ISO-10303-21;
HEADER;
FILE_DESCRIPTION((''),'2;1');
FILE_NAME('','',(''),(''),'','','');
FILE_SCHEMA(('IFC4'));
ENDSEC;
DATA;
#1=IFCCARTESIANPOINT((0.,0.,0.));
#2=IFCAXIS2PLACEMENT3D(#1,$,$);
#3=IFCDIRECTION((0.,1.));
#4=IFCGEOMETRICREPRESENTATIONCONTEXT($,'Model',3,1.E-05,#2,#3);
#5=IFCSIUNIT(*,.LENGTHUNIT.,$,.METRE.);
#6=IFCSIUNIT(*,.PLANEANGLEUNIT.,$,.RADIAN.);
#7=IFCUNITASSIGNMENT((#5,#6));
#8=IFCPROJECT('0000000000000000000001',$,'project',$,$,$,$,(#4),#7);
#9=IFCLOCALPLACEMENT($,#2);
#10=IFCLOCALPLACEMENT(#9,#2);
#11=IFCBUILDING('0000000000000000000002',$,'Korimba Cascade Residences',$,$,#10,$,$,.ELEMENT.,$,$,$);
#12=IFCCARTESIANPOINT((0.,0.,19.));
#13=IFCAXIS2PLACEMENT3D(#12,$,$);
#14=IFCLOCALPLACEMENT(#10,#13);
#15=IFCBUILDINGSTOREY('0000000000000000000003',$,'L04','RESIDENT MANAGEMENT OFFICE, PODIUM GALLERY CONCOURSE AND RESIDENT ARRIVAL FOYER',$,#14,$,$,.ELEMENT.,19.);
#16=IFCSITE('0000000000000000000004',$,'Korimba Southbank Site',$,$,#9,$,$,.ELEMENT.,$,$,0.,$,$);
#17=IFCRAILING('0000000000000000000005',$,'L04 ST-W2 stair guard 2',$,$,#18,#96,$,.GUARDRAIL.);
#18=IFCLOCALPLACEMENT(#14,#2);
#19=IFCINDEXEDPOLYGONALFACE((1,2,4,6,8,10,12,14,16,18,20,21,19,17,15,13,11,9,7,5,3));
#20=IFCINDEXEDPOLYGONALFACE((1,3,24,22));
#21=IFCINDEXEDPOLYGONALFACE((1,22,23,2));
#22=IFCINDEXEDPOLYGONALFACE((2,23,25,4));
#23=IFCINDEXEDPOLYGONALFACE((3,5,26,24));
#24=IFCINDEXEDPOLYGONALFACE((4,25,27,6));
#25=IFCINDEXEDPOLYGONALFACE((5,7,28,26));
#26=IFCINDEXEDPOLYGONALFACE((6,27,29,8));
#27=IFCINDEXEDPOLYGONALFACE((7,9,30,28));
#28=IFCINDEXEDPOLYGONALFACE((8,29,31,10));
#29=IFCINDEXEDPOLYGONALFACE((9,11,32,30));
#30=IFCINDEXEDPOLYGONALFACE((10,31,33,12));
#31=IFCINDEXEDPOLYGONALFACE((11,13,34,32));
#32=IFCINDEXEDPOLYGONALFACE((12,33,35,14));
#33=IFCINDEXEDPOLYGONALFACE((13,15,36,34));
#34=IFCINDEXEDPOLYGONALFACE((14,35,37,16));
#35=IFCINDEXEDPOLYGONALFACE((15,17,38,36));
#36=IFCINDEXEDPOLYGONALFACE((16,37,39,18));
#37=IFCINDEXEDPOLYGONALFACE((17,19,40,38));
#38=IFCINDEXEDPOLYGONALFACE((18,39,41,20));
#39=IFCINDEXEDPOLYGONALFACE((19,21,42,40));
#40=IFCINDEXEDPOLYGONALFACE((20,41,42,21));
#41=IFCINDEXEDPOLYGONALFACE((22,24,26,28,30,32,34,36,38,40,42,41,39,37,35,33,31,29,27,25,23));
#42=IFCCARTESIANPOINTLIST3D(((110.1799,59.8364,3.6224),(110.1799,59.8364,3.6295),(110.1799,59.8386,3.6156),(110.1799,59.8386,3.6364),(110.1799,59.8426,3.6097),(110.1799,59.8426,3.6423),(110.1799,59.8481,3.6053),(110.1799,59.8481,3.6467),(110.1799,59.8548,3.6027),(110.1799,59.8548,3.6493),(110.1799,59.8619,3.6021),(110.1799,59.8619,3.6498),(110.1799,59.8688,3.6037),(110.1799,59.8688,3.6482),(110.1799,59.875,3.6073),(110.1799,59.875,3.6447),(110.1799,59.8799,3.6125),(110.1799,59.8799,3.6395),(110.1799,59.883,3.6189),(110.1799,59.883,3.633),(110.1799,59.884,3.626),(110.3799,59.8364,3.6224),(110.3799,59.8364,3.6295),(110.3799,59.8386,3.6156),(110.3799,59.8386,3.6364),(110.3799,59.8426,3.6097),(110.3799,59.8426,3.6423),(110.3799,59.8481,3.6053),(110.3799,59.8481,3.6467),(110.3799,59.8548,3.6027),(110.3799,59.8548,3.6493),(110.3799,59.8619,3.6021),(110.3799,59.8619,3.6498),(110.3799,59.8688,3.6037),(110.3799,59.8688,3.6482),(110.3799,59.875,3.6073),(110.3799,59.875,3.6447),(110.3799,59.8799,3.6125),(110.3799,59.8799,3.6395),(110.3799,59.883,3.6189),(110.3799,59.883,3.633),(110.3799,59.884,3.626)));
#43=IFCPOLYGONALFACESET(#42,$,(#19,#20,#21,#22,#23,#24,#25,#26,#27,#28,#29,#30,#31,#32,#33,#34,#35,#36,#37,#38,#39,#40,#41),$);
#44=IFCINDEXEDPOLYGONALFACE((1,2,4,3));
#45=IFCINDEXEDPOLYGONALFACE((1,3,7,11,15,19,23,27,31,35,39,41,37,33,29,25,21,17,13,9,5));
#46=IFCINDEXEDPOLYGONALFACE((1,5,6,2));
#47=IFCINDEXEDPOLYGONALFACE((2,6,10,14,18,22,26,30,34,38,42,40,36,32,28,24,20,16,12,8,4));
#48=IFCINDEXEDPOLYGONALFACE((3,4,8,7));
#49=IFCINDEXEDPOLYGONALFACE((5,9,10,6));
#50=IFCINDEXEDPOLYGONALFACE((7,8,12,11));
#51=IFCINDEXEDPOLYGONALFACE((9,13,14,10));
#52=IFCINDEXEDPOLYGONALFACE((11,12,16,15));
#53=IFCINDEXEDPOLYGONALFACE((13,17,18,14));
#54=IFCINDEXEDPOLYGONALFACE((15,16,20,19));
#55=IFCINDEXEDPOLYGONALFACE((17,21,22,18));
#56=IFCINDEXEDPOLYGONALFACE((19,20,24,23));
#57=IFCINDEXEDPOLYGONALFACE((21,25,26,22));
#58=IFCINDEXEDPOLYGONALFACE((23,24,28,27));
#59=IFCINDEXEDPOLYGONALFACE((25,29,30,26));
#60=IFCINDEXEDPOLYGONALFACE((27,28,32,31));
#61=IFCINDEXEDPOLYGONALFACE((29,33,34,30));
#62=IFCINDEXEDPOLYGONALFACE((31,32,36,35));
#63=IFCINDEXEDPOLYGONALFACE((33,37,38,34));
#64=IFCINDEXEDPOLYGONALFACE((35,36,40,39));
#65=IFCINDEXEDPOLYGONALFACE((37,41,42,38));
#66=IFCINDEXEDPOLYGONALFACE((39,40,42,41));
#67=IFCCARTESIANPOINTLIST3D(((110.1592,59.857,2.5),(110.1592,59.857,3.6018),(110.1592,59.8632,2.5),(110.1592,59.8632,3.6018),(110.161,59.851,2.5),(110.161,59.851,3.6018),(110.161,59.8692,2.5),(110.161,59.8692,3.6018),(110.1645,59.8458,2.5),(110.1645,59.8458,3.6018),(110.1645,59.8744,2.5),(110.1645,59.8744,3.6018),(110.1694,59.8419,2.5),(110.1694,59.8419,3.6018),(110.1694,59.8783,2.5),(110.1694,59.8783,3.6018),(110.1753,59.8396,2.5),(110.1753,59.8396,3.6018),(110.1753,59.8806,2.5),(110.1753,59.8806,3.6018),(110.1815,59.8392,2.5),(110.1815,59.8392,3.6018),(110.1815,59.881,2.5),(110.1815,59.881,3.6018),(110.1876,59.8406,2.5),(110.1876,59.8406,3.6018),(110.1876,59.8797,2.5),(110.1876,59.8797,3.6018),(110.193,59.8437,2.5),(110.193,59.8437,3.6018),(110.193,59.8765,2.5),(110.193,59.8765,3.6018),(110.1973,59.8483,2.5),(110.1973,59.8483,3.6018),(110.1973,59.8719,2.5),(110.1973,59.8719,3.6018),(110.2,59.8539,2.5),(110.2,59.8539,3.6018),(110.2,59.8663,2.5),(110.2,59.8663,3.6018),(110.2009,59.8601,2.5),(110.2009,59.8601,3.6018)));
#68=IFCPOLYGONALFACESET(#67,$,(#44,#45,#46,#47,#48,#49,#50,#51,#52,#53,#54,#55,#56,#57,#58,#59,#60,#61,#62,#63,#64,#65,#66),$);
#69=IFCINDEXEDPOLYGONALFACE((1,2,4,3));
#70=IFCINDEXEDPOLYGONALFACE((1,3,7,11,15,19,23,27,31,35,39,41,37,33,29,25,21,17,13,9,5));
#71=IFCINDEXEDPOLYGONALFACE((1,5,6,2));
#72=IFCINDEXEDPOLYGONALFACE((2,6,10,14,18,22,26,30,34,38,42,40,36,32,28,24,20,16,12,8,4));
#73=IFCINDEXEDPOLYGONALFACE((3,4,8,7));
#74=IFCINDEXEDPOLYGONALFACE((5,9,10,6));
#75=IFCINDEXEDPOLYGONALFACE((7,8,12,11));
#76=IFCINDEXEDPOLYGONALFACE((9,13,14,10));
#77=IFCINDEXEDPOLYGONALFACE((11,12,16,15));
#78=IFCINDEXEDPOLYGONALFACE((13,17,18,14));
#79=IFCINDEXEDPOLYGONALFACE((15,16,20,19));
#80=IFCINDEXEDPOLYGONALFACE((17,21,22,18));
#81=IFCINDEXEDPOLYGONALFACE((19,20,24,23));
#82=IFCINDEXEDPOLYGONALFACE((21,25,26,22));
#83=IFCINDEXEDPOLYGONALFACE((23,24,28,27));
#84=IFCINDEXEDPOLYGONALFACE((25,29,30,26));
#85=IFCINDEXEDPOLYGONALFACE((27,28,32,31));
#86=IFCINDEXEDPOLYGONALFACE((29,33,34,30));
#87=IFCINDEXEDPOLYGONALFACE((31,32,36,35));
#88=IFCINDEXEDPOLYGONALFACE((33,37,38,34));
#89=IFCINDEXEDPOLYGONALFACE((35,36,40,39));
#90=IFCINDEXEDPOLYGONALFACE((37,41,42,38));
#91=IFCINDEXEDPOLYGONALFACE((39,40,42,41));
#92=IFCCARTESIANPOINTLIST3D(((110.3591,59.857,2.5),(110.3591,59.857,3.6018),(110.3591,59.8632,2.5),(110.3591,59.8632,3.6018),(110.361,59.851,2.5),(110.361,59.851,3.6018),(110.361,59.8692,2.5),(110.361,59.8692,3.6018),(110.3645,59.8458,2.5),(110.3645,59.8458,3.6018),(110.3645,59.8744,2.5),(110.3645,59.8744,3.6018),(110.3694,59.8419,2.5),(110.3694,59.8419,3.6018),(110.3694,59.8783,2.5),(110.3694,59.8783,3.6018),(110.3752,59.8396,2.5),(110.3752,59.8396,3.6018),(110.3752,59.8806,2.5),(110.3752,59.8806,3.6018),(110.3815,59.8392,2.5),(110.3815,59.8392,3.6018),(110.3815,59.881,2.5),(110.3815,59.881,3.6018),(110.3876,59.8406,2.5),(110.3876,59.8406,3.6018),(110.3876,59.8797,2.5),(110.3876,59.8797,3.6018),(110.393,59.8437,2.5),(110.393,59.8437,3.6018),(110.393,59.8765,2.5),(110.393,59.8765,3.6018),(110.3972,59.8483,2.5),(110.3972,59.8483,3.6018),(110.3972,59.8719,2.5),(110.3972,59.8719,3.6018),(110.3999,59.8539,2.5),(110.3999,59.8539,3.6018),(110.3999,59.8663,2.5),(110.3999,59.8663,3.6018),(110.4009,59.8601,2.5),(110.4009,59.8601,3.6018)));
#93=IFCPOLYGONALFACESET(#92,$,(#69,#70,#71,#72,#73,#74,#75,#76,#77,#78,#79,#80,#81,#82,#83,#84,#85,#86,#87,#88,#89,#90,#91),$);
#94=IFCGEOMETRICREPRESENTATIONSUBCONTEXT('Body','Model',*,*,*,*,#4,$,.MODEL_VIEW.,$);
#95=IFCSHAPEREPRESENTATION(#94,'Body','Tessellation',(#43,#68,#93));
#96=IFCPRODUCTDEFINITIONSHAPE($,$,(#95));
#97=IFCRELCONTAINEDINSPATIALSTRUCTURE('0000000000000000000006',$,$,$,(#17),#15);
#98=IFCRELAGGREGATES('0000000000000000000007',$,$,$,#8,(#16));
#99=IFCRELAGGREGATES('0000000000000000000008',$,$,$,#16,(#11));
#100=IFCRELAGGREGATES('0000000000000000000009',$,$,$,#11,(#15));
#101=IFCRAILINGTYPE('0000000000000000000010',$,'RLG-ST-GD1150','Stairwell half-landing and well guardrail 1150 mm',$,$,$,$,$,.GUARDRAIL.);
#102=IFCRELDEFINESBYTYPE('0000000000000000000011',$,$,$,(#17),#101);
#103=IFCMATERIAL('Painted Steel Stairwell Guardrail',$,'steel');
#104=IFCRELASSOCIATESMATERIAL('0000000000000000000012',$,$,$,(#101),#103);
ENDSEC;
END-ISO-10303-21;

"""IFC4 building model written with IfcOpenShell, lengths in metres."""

from ifc_helpers import new_model, si_unit, direction, frame, origin, origin_2d, place, context, subcontext, project, spatial, circle, extrude, material, type_object, element, save


model = new_model("IFC4")

# Units and contexts
model_context = context("Model", 3, precision=1e-05, world=origin(), true_north=direction((0.0, 1.0)))
body_context = subcontext(model_context, "Body", "Model", "MODEL_VIEW")
ifc_project = project(units=[si_unit("LENGTHUNIT", "METRE"), si_unit("PLANEANGLEUNIT", "RADIAN")], contexts=[model_context])

# Site, building, storey
site_placement = place(None, origin())
site = spatial("IfcSite", under=ifc_project, at=site_placement, Name="Korimba Southbank Site", CompositionType="ELEMENT", RefElevation=0.0)
building_placement = place(site_placement, origin())
building = spatial("IfcBuilding", under=site, at=building_placement, Name="Korimba Cascade Residences", CompositionType="ELEMENT")
storey_placement = place(building_placement, frame((0.0, 0.0, 19.0)))
storey = spatial("IfcBuildingStorey", under=building, at=storey_placement, Name="L04", Description="RESIDENT MANAGEMENT OFFICE, PODIUM GALLERY CONCOURSE AND RESIDENT ARRIVAL FOYER", CompositionType="ELEMENT", Elevation=19.0)

# Railing
ifc_material_1 = material(Name="Painted Steel Stairwell Guardrail", Category="steel")
railing_type_1 = type_object("IfcRailingType", Name="RLG-ST-GD1150", Description="Stairwell half-landing and well guardrail 1150 mm", PredefinedType="GUARDRAIL", material=ifc_material_1)
railing_1_placement = place(storey_placement, frame((110.1799, 59.8601, 2.5)))
element("IfcRailing", 1, at=railing_1_placement, inside=storey, type_object=railing_type_1, Name="L04 ST-W2 stair guard 2", PredefinedType="GUARDRAIL", context=body_context, shape_type="SweptSolid", body=[
    extrude(circle(Radius=0.0239, at=origin_2d()), frame((0.0, 0.0, 1.126), z_axis=(1.0, 0.0, 0.0), x_axis=(0.0, 1.0, 0.0)), (0.0, 0.0, 1.0), 0.2),
    extrude(circle(Radius=0.021, at=origin_2d()), origin(), (0.0, 0.0, 1.0), 1.1018),
    extrude(circle(Radius=0.021, at=origin_2d()), frame((0.2, 0.0, 0.0)), (0.0, 0.0, 1.0), 1.1018),
])

save(model, "model.ifc")
